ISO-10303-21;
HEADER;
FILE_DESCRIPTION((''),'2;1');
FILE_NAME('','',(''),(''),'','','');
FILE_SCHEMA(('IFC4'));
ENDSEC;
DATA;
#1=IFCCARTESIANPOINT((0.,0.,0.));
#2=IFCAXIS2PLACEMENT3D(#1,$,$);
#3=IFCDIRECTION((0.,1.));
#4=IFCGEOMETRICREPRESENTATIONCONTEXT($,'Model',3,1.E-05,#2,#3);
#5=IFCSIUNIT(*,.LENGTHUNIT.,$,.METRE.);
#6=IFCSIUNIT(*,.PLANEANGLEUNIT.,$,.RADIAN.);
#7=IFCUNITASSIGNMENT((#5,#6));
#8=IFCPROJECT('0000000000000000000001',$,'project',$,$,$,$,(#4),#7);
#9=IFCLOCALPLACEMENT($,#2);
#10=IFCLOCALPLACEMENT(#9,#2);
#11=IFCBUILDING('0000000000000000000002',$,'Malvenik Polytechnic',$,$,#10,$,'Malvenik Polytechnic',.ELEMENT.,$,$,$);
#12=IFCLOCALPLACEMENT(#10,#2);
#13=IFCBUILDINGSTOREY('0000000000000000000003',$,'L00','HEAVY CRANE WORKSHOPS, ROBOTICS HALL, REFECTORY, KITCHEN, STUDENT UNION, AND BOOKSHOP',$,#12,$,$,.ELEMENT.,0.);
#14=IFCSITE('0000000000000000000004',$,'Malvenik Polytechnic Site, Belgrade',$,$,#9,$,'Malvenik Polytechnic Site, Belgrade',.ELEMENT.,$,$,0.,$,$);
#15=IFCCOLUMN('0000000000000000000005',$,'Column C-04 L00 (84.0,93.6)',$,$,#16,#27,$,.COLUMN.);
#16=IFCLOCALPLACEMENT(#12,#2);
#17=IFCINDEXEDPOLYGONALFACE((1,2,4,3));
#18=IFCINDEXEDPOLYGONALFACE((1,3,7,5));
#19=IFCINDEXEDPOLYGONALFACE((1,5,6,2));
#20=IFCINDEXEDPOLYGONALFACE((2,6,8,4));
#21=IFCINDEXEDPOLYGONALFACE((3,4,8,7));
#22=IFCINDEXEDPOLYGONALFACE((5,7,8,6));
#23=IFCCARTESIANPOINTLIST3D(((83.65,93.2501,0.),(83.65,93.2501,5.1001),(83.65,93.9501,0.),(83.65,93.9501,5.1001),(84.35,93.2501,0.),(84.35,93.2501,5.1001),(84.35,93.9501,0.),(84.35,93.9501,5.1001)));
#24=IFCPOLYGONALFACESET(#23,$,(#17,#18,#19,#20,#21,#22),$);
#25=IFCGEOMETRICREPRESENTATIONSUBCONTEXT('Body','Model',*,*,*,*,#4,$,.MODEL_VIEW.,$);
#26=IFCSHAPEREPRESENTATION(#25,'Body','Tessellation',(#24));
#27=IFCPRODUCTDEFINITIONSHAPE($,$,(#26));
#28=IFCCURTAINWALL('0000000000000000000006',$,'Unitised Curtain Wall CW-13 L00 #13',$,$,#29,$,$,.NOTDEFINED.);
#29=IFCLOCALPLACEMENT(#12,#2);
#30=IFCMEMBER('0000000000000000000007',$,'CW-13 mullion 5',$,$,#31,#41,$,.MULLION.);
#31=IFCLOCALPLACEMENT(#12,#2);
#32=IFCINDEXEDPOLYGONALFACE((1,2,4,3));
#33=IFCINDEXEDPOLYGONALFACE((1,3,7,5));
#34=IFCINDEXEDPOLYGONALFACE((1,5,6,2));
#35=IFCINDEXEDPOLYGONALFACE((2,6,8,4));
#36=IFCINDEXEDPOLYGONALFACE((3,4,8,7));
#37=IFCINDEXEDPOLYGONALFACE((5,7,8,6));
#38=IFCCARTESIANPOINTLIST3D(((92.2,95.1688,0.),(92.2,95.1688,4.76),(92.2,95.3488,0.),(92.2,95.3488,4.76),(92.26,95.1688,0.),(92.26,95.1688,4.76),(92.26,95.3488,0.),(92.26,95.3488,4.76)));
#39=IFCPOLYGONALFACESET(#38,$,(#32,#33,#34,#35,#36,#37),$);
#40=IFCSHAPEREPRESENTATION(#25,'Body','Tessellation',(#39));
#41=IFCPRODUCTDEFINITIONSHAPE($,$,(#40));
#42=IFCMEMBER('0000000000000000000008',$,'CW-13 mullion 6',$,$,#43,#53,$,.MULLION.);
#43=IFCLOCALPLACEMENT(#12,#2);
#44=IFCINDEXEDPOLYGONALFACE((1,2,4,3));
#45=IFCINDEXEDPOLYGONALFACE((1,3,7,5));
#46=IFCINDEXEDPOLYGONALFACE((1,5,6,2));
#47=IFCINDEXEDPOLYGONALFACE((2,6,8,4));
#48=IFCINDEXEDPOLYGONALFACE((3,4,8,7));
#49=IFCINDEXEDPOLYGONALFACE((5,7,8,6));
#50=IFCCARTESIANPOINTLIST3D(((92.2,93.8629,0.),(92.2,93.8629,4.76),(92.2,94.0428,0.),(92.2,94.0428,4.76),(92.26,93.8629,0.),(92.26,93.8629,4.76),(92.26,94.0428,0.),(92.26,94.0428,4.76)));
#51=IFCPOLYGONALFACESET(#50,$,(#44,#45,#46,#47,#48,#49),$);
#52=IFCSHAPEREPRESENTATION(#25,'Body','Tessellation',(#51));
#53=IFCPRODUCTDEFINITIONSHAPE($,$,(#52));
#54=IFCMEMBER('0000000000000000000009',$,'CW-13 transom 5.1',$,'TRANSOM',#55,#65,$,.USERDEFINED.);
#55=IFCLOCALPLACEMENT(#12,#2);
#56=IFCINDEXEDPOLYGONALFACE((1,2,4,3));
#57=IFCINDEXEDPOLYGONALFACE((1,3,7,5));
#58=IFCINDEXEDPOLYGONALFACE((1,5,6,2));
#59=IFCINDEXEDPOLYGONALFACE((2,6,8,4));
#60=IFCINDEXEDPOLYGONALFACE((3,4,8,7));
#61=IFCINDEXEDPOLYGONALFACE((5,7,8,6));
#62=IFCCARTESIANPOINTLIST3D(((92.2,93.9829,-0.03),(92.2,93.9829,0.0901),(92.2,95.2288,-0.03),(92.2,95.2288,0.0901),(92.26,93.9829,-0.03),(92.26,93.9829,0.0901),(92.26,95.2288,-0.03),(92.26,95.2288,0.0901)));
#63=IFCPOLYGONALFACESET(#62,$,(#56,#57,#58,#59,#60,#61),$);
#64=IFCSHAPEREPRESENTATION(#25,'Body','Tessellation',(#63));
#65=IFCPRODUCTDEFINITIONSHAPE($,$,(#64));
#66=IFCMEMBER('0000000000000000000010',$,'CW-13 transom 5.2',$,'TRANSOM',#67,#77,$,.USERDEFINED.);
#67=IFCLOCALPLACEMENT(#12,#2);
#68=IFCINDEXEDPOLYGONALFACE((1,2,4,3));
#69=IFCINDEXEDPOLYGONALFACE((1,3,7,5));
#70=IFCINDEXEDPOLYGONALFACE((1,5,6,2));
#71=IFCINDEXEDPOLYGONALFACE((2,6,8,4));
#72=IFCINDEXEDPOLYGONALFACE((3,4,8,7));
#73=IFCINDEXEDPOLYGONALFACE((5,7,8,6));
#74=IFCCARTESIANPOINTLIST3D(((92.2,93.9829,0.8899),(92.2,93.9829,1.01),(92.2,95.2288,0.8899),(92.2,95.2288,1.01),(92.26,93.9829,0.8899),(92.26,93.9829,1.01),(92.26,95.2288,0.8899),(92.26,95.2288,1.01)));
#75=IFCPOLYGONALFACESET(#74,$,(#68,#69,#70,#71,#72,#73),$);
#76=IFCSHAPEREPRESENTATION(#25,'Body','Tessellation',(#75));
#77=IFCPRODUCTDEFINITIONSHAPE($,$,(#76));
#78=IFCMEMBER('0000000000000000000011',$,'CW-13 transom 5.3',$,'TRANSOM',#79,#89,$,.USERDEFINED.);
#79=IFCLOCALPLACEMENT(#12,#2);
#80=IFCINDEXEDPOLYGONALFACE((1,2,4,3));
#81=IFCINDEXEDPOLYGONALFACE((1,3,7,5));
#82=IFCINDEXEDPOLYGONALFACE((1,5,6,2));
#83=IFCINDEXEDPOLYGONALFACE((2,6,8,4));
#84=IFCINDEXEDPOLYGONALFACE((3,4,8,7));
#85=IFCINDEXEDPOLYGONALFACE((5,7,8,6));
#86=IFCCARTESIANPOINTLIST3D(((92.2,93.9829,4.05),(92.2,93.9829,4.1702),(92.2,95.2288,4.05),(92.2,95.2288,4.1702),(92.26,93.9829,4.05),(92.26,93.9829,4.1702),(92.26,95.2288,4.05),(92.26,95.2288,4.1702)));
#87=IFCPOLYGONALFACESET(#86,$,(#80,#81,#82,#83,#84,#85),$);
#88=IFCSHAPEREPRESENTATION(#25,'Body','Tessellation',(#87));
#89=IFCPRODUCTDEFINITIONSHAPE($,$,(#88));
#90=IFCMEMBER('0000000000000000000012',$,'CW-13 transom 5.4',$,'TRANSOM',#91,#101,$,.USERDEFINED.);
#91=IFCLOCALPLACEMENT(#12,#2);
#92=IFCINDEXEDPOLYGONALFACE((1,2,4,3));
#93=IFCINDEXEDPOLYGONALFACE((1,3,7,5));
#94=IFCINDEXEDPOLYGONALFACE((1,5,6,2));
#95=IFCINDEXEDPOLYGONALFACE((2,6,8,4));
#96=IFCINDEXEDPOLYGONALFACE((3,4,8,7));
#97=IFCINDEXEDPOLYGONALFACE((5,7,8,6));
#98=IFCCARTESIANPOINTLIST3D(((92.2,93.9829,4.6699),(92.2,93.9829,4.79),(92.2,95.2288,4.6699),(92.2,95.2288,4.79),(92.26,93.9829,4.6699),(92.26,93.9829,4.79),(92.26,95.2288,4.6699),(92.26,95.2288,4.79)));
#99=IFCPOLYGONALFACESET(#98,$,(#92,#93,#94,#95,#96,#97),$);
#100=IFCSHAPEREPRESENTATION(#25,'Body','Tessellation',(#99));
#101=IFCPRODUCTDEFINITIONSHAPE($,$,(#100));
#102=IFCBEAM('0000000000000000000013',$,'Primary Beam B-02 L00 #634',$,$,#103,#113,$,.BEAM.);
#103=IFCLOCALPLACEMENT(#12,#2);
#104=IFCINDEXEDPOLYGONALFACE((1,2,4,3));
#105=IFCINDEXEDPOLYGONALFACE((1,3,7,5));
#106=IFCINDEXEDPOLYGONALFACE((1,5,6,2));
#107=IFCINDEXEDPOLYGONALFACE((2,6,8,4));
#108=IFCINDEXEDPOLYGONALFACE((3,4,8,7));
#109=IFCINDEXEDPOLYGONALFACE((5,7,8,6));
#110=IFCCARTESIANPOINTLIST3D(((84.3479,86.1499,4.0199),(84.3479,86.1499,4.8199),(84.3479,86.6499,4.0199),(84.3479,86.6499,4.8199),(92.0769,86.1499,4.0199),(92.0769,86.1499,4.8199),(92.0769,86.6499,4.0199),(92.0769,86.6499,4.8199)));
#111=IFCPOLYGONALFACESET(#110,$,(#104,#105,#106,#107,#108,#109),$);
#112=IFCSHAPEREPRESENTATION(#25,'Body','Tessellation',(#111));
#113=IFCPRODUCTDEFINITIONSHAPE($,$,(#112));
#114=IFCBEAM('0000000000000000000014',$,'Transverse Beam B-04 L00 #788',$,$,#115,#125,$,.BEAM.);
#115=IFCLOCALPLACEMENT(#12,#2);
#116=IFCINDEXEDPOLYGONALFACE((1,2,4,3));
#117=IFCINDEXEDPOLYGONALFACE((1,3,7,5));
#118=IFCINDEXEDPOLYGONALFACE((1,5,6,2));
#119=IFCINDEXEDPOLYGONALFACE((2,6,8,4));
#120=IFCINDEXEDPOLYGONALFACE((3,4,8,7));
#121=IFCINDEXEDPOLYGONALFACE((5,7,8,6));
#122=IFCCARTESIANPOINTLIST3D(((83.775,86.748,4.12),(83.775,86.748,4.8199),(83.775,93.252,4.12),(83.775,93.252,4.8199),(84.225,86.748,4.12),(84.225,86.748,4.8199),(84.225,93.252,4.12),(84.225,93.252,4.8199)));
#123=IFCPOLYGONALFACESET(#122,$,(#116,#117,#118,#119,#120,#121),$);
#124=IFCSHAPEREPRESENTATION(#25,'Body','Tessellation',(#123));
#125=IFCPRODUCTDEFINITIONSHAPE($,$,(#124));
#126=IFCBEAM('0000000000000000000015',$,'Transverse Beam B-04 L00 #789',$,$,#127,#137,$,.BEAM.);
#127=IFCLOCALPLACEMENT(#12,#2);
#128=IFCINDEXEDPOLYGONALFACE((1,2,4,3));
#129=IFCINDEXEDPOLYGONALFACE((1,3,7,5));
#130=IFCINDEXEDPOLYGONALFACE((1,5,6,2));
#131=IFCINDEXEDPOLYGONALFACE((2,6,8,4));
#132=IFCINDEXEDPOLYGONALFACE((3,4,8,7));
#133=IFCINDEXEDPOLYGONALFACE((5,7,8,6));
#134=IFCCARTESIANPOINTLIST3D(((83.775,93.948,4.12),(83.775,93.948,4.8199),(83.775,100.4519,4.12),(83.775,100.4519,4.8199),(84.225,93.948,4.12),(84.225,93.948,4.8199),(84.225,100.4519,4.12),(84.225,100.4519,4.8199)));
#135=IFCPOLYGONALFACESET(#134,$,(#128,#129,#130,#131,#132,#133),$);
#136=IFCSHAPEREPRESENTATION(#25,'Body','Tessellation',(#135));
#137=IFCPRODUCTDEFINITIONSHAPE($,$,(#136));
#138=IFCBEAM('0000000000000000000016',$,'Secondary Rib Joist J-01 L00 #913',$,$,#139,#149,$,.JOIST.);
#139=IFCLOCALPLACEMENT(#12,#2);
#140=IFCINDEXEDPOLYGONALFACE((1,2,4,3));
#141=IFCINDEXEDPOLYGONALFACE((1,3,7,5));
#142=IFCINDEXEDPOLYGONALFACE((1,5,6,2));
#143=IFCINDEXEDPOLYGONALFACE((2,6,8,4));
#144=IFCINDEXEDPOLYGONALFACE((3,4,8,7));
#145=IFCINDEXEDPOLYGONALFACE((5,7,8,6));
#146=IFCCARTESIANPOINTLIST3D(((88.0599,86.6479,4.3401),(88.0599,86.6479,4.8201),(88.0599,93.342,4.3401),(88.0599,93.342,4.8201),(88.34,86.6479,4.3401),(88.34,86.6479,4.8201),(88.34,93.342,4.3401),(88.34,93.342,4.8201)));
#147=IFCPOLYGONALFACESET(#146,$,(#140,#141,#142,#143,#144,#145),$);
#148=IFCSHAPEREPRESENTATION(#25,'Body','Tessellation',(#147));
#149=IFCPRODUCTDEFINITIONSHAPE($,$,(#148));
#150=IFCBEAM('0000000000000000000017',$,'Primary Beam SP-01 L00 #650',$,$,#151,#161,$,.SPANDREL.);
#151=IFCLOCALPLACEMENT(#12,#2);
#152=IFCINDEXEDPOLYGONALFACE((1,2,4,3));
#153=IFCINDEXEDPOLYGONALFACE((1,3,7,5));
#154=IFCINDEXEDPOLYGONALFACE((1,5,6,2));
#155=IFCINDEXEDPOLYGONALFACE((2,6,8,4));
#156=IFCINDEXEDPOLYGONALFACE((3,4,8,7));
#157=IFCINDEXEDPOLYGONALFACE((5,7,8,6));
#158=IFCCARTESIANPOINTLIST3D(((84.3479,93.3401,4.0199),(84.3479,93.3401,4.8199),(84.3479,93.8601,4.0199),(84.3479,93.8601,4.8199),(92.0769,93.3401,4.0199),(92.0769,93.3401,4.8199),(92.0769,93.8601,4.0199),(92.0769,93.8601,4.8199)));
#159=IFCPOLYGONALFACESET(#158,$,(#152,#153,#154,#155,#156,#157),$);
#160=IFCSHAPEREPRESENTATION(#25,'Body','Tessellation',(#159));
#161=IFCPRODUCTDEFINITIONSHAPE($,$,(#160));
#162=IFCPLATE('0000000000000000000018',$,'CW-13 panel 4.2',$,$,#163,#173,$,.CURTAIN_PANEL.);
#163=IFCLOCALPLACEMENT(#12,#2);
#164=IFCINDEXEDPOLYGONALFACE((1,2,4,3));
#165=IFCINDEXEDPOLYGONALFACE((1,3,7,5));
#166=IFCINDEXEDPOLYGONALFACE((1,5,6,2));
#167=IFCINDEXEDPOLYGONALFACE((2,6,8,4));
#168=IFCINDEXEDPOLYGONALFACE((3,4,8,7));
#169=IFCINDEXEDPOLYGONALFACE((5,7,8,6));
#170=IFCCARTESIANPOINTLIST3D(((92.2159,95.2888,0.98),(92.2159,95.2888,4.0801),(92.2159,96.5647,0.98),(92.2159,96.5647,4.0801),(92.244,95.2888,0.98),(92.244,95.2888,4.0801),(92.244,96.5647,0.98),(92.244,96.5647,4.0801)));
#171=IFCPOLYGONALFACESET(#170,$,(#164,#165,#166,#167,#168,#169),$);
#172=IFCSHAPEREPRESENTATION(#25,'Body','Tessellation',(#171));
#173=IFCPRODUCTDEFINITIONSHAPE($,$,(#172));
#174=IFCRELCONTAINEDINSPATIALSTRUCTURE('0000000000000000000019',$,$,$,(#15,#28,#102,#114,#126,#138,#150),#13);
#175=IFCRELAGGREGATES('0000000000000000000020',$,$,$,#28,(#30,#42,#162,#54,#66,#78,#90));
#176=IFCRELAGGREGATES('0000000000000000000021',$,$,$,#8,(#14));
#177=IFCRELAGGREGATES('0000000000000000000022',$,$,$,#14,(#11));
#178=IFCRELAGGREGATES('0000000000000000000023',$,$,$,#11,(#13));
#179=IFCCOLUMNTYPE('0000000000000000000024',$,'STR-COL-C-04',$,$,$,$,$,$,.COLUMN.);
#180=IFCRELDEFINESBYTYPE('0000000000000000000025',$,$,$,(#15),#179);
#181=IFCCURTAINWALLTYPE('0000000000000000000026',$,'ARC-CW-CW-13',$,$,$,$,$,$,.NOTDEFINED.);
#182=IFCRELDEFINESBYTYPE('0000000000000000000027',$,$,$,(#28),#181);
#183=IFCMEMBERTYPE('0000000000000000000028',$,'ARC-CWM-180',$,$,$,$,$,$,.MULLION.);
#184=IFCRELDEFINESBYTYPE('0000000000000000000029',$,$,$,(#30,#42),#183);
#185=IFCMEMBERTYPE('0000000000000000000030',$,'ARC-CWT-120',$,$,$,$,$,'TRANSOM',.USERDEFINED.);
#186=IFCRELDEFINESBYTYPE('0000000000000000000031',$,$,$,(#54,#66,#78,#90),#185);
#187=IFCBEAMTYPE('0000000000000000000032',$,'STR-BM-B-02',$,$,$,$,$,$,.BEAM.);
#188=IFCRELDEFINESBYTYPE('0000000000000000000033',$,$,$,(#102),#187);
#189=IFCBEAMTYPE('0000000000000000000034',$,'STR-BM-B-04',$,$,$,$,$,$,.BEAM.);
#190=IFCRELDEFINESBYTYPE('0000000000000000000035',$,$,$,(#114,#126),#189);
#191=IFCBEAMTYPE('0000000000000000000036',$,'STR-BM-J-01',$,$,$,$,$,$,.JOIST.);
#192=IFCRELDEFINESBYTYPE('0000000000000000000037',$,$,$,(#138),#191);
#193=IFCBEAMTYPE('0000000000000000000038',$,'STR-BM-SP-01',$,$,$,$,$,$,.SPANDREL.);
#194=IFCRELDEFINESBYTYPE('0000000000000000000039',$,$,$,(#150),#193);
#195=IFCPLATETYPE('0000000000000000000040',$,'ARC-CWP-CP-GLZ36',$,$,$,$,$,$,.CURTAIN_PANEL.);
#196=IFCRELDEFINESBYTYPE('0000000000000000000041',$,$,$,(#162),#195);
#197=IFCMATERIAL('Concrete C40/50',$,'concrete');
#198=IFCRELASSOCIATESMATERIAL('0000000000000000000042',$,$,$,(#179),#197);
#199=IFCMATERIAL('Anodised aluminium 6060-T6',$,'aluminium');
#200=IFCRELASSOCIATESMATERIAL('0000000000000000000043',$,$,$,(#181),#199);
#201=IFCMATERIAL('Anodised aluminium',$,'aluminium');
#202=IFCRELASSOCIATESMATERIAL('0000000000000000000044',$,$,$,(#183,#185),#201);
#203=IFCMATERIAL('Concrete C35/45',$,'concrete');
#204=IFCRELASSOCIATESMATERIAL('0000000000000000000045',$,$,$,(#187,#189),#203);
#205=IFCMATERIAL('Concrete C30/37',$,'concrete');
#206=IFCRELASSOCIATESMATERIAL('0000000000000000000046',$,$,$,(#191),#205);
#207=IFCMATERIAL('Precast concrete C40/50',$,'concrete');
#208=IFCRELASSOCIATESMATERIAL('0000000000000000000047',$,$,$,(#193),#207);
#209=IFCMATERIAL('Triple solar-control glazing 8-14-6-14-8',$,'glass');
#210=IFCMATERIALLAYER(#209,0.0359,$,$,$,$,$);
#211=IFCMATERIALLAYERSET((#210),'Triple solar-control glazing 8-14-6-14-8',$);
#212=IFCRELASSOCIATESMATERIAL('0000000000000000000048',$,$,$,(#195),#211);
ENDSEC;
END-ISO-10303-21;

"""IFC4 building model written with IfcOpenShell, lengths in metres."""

from ifc_helpers import new_model, si_unit, direction, frame, origin, origin_2d, place, context, subcontext, project, spatial, rectangle, extrude, material, layer, layer_set, material_profile, profile_set, type_object, element, aggregate, save


model = new_model("IFC4")

# Units and contexts
model_context = context("Model", 3, precision=1e-05, world=origin(), true_north=direction((0.0, 1.0)))
body_context = subcontext(model_context, "Body", "Model", "MODEL_VIEW")
ifc_project = project(units=[si_unit("LENGTHUNIT", "METRE"), si_unit("PLANEANGLEUNIT", "RADIAN")], contexts=[model_context])

# Site, building, storey
site_placement = place(None, origin())
site = spatial("IfcSite", under=ifc_project, at=site_placement, Name="Malvenik Polytechnic Site, Belgrade", LongName="Malvenik Polytechnic Site, Belgrade", CompositionType="ELEMENT", RefElevation=0.0)
building_placement = place(site_placement, origin())
building = spatial("IfcBuilding", under=site, at=building_placement, Name="Malvenik Polytechnic", LongName="Malvenik Polytechnic", CompositionType="ELEMENT")
storey_placement = place(building_placement, origin())
storey = spatial("IfcBuildingStorey", under=building, at=storey_placement, Name="L00", Description="HEAVY CRANE WORKSHOPS, ROBOTICS HALL, REFECTORY, KITCHEN, STUDENT UNION, AND BOOKSHOP", CompositionType="ELEMENT", Elevation=0.0)

# Column
ifc_material_1 = material(Name="Concrete C40/50", Category="concrete")
ifc_material_profile_1 = material_profile(ifc_material_1, rectangle(XDim=0.7, YDim=0.7, at=origin_2d()), Name="RC COL 700x700")
ifc_profile_set_1 = profile_set([ifc_material_profile_1], Name="Concrete C40/50")
column_type = type_object("IfcColumnType", Name="STR-COL-C-04", PredefinedType="COLUMN", material=ifc_profile_set_1)
column_placement = place(storey_placement, frame((84.0, 93.6001, 0.0), z_axis=(0.0, 0.0, 1.0), x_axis=(1.0, 0.0, 0.0)))
element("IfcColumn", 1, at=column_placement, inside=storey, type_object=column_type, Name="Column C-04 L00 (84.0,93.6)", PredefinedType="COLUMN", context=body_context, shape_type="SweptSolid", body=[
    extrude(rectangle(XDim=0.7, YDim=0.7, at=origin_2d()), origin(), (0.0, 0.0, 1.0), 5.1001),
])

# Curtain wall, members
ifc_material_2 = material(Name="Anodised aluminium 6060-T6", Category="aluminium")
curtain_wall_type = type_object("IfcCurtainWallType", Name="ARC-CW-CW-13", PredefinedType="NOTDEFINED", material=ifc_material_2)
curtain_wall_placement = place(storey_placement, origin())
curtain_wall = element("IfcCurtainWall", 2, at=curtain_wall_placement, inside=storey, type_object=curtain_wall_type, Name="Unitised Curtain Wall CW-13 L00 #13", PredefinedType="NOTDEFINED")
ifc_material_3 = material(Name="Anodised aluminium", Category="aluminium")
ifc_material_profile_2 = material_profile(ifc_material_3, rectangle(XDim=0.0601, YDim=0.1799, at=origin_2d()), Name="ALU MULLION 60x180")
ifc_profile_set_2 = profile_set([ifc_material_profile_2], Name="Anodised aluminium")
member_type_1 = type_object("IfcMemberType", Name="ARC-CWM-180", PredefinedType="MULLION", material=ifc_profile_set_2)
member_1_placement = place(storey_placement, frame((92.23, 95.2588, 0.0), z_axis=(0.0, 0.0, 1.0), x_axis=(1.0, 0.0, 0.0)))
member_1 = element("IfcMember", 3, at=member_1_placement, type_object=member_type_1, Name="CW-13 mullion 5", PredefinedType="MULLION", context=body_context, shape_type="SweptSolid", body=[
    extrude(rectangle(XDim=0.0601, YDim=0.1799, at=origin_2d()), origin(), (0.0, 0.0, 1.0), 4.76),
])
member_2_placement = place(storey_placement, frame((92.23, 93.9529, 0.0), z_axis=(0.0, 0.0, 1.0), x_axis=(1.0, 0.0, 0.0)))
member_2 = element("IfcMember", 4, at=member_2_placement, type_object=member_type_1, Name="CW-13 mullion 6", PredefinedType="MULLION", context=body_context, shape_type="SweptSolid", body=[
    extrude(rectangle(XDim=0.0601, YDim=0.1799, at=origin_2d()), origin(), (0.0, 0.0, 1.0), 4.76),
])
ifc_material_profile_3 = material_profile(ifc_material_3, rectangle(XDim=0.0601, YDim=0.1201, at=origin_2d()), Name="ALU TRANSOM 60x120")
ifc_profile_set_3 = profile_set([ifc_material_profile_3], Name="Anodised aluminium")
member_type_2 = type_object("IfcMemberType", Name="ARC-CWT-120", ElementType="TRANSOM", PredefinedType="USERDEFINED", material=ifc_profile_set_3)
member_3_placement = place(storey_placement, frame((92.23, 95.2288, 0.03), z_axis=(0.0, -1.0, 0.0), x_axis=(1.0, 0.0, 0.0)))
member_3 = element("IfcMember", 5, at=member_3_placement, type_object=member_type_2, Name="CW-13 transom 5.1", ObjectType="TRANSOM", PredefinedType="USERDEFINED", context=body_context, shape_type="SweptSolid", body=[
    extrude(rectangle(XDim=0.0601, YDim=0.1201, at=origin_2d()), origin(), (0.0, 0.0, 1.0), 1.2458),
])
member_4_placement = place(storey_placement, frame((92.23, 95.2288, 0.95), z_axis=(0.0, -1.0, 0.0), x_axis=(1.0, 0.0, 0.0)))
member_4 = element("IfcMember", 6, at=member_4_placement, type_object=member_type_2, Name="CW-13 transom 5.2", ObjectType="TRANSOM", PredefinedType="USERDEFINED", context=body_context, shape_type="SweptSolid", body=[
    extrude(rectangle(XDim=0.0601, YDim=0.1201, at=origin_2d()), origin(), (0.0, 0.0, 1.0), 1.2458),
])
member_5_placement = place(storey_placement, frame((92.23, 95.2288, 4.1101), z_axis=(0.0, -1.0, 0.0), x_axis=(1.0, 0.0, 0.0)))
member_5 = element("IfcMember", 7, at=member_5_placement, type_object=member_type_2, Name="CW-13 transom 5.3", ObjectType="TRANSOM", PredefinedType="USERDEFINED", context=body_context, shape_type="SweptSolid", body=[
    extrude(rectangle(XDim=0.0601, YDim=0.1201, at=origin_2d()), origin(), (0.0, 0.0, 1.0), 1.2458),
])
member_6_placement = place(storey_placement, frame((92.23, 95.2288, 4.73), z_axis=(0.0, -1.0, 0.0), x_axis=(1.0, 0.0, 0.0)))
member_6 = element("IfcMember", 8, at=member_6_placement, type_object=member_type_2, Name="CW-13 transom 5.4", ObjectType="TRANSOM", PredefinedType="USERDEFINED", context=body_context, shape_type="SweptSolid", body=[
    extrude(rectangle(XDim=0.0601, YDim=0.1201, at=origin_2d()), origin(), (0.0, 0.0, 1.0), 1.2458),
])

# Beams
ifc_material_4 = material(Name="Concrete C35/45", Category="concrete")
ifc_material_profile_4 = material_profile(ifc_material_4, rectangle(XDim=0.5, YDim=0.8, at=origin_2d()), Name="RC BM 500x800")
ifc_profile_set_4 = profile_set([ifc_material_profile_4], Name="Concrete C35/45")
beam_type_1 = type_object("IfcBeamType", Name="STR-BM-B-02", PredefinedType="BEAM", material=ifc_profile_set_4)
beam_1_placement = place(storey_placement, frame((84.3479, 86.3999, 4.4199), z_axis=(1.0, 0.0, 0.0), x_axis=(0.0, 1.0, 0.0)))
element("IfcBeam", 9, at=beam_1_placement, inside=storey, type_object=beam_type_1, Name="Primary Beam B-02 L00 #634", PredefinedType="BEAM", context=body_context, shape_type="SweptSolid", body=[
    extrude(rectangle(XDim=0.5, YDim=0.8, at=origin_2d()), origin(), (0.0, 0.0, 1.0), 7.729),
])
ifc_material_profile_5 = material_profile(ifc_material_4, rectangle(XDim=0.45, YDim=0.7, at=origin_2d()), Name="RC BM 450x700")
ifc_profile_set_5 = profile_set([ifc_material_profile_5], Name="Concrete C35/45")
beam_type_2 = type_object("IfcBeamType", Name="STR-BM-B-04", PredefinedType="BEAM", material=ifc_profile_set_5)
for number, where, z_axis, x_axis, name in (
    (10, (84.0, 86.748, 4.47), (0.0, 1.0, 0.0), (-1.0, 0.0, 0.0), "Transverse Beam B-04 L00 #788"),
    (11, (84.0, 93.948, 4.47), (0.0, 1.0, 0.0), (-1.0, 0.0, 0.0), "Transverse Beam B-04 L00 #789"),
):
    element("IfcBeam", number, at=place(storey_placement, frame(where, z_axis=z_axis, x_axis=x_axis)), inside=storey, type_object=beam_type_2, Name=name, PredefinedType="BEAM", context=body_context, shape_type="SweptSolid", body=[
        extrude(rectangle(XDim=0.45, YDim=0.7, at=origin_2d()), origin(), (0.0, 0.0, 1.0), 6.5039),
    ])
ifc_material_5 = material(Name="Concrete C30/37", Category="concrete")
ifc_material_profile_6 = material_profile(ifc_material_5, rectangle(XDim=0.28, YDim=0.48, at=origin_2d()), Name="RC JST 280x480")
ifc_profile_set_6 = profile_set([ifc_material_profile_6], Name="Concrete C30/37")
beam_type_3 = type_object("IfcBeamType", Name="STR-BM-J-01", PredefinedType="JOIST", material=ifc_profile_set_6)
beam_2_placement = place(storey_placement, frame((88.2, 86.6479, 4.5801), z_axis=(0.0, 1.0, 0.0), x_axis=(-1.0, 0.0, 0.0)))
element("IfcBeam", 12, at=beam_2_placement, inside=storey, type_object=beam_type_3, Name="Secondary Rib Joist J-01 L00 #913", PredefinedType="JOIST", context=body_context, shape_type="SweptSolid", body=[
    extrude(rectangle(XDim=0.28, YDim=0.48, at=origin_2d()), origin(), (0.0, 0.0, 1.0), 6.6941),
])
ifc_material_6 = material(Name="Precast concrete C40/50", Category="concrete")
ifc_material_profile_7 = material_profile(ifc_material_6, rectangle(XDim=0.52, YDim=0.8, at=origin_2d()), Name="PC SPN 520x800")
ifc_profile_set_7 = profile_set([ifc_material_profile_7], Name="Precast concrete C40/50")
beam_type_4 = type_object("IfcBeamType", Name="STR-BM-SP-01", PredefinedType="SPANDREL", material=ifc_profile_set_7)
beam_3_placement = place(storey_placement, frame((84.3479, 93.6001, 4.4199), z_axis=(1.0, 0.0, 0.0), x_axis=(0.0, 1.0, 0.0)))
element("IfcBeam", 13, at=beam_3_placement, inside=storey, type_object=beam_type_4, Name="Primary Beam SP-01 L00 #650", PredefinedType="SPANDREL", context=body_context, shape_type="SweptSolid", body=[
    extrude(rectangle(XDim=0.52, YDim=0.8, at=origin_2d()), origin(), (0.0, 0.0, 1.0), 7.729),
])

# Plate
ifc_material_7 = material(Name="Triple solar-control glazing 8-14-6-14-8", Category="glass")
ifc_layer_1 = layer(ifc_material_7, 0.0359)
ifc_layer_set_1 = layer_set([ifc_layer_1], Name="Triple solar-control glazing 8-14-6-14-8")
plate_type_1 = type_object("IfcPlateType", Name="ARC-CWP-CP-GLZ36", PredefinedType="CURTAIN_PANEL", material=ifc_layer_set_1)
plate_1_placement = place(storey_placement, frame((92.23, 95.9268, 0.98), z_axis=(0.0, 0.0, 1.0), x_axis=(0.0, -1.0, 0.0)))
plate_1 = element("IfcPlate", 14, at=plate_1_placement, type_object=plate_type_1, Name="CW-13 panel 4.2", PredefinedType="CURTAIN_PANEL", context=body_context, shape_type="SweptSolid", body=[
    extrude(rectangle(XDim=1.2759, YDim=0.0281, at=origin_2d()), origin(), (0.0, 0.0, 1.0), 3.1001),
])
aggregate(curtain_wall, [member_1, member_2, plate_1, member_3, member_4, member_5, member_6])

save(model, "model.ifc")
